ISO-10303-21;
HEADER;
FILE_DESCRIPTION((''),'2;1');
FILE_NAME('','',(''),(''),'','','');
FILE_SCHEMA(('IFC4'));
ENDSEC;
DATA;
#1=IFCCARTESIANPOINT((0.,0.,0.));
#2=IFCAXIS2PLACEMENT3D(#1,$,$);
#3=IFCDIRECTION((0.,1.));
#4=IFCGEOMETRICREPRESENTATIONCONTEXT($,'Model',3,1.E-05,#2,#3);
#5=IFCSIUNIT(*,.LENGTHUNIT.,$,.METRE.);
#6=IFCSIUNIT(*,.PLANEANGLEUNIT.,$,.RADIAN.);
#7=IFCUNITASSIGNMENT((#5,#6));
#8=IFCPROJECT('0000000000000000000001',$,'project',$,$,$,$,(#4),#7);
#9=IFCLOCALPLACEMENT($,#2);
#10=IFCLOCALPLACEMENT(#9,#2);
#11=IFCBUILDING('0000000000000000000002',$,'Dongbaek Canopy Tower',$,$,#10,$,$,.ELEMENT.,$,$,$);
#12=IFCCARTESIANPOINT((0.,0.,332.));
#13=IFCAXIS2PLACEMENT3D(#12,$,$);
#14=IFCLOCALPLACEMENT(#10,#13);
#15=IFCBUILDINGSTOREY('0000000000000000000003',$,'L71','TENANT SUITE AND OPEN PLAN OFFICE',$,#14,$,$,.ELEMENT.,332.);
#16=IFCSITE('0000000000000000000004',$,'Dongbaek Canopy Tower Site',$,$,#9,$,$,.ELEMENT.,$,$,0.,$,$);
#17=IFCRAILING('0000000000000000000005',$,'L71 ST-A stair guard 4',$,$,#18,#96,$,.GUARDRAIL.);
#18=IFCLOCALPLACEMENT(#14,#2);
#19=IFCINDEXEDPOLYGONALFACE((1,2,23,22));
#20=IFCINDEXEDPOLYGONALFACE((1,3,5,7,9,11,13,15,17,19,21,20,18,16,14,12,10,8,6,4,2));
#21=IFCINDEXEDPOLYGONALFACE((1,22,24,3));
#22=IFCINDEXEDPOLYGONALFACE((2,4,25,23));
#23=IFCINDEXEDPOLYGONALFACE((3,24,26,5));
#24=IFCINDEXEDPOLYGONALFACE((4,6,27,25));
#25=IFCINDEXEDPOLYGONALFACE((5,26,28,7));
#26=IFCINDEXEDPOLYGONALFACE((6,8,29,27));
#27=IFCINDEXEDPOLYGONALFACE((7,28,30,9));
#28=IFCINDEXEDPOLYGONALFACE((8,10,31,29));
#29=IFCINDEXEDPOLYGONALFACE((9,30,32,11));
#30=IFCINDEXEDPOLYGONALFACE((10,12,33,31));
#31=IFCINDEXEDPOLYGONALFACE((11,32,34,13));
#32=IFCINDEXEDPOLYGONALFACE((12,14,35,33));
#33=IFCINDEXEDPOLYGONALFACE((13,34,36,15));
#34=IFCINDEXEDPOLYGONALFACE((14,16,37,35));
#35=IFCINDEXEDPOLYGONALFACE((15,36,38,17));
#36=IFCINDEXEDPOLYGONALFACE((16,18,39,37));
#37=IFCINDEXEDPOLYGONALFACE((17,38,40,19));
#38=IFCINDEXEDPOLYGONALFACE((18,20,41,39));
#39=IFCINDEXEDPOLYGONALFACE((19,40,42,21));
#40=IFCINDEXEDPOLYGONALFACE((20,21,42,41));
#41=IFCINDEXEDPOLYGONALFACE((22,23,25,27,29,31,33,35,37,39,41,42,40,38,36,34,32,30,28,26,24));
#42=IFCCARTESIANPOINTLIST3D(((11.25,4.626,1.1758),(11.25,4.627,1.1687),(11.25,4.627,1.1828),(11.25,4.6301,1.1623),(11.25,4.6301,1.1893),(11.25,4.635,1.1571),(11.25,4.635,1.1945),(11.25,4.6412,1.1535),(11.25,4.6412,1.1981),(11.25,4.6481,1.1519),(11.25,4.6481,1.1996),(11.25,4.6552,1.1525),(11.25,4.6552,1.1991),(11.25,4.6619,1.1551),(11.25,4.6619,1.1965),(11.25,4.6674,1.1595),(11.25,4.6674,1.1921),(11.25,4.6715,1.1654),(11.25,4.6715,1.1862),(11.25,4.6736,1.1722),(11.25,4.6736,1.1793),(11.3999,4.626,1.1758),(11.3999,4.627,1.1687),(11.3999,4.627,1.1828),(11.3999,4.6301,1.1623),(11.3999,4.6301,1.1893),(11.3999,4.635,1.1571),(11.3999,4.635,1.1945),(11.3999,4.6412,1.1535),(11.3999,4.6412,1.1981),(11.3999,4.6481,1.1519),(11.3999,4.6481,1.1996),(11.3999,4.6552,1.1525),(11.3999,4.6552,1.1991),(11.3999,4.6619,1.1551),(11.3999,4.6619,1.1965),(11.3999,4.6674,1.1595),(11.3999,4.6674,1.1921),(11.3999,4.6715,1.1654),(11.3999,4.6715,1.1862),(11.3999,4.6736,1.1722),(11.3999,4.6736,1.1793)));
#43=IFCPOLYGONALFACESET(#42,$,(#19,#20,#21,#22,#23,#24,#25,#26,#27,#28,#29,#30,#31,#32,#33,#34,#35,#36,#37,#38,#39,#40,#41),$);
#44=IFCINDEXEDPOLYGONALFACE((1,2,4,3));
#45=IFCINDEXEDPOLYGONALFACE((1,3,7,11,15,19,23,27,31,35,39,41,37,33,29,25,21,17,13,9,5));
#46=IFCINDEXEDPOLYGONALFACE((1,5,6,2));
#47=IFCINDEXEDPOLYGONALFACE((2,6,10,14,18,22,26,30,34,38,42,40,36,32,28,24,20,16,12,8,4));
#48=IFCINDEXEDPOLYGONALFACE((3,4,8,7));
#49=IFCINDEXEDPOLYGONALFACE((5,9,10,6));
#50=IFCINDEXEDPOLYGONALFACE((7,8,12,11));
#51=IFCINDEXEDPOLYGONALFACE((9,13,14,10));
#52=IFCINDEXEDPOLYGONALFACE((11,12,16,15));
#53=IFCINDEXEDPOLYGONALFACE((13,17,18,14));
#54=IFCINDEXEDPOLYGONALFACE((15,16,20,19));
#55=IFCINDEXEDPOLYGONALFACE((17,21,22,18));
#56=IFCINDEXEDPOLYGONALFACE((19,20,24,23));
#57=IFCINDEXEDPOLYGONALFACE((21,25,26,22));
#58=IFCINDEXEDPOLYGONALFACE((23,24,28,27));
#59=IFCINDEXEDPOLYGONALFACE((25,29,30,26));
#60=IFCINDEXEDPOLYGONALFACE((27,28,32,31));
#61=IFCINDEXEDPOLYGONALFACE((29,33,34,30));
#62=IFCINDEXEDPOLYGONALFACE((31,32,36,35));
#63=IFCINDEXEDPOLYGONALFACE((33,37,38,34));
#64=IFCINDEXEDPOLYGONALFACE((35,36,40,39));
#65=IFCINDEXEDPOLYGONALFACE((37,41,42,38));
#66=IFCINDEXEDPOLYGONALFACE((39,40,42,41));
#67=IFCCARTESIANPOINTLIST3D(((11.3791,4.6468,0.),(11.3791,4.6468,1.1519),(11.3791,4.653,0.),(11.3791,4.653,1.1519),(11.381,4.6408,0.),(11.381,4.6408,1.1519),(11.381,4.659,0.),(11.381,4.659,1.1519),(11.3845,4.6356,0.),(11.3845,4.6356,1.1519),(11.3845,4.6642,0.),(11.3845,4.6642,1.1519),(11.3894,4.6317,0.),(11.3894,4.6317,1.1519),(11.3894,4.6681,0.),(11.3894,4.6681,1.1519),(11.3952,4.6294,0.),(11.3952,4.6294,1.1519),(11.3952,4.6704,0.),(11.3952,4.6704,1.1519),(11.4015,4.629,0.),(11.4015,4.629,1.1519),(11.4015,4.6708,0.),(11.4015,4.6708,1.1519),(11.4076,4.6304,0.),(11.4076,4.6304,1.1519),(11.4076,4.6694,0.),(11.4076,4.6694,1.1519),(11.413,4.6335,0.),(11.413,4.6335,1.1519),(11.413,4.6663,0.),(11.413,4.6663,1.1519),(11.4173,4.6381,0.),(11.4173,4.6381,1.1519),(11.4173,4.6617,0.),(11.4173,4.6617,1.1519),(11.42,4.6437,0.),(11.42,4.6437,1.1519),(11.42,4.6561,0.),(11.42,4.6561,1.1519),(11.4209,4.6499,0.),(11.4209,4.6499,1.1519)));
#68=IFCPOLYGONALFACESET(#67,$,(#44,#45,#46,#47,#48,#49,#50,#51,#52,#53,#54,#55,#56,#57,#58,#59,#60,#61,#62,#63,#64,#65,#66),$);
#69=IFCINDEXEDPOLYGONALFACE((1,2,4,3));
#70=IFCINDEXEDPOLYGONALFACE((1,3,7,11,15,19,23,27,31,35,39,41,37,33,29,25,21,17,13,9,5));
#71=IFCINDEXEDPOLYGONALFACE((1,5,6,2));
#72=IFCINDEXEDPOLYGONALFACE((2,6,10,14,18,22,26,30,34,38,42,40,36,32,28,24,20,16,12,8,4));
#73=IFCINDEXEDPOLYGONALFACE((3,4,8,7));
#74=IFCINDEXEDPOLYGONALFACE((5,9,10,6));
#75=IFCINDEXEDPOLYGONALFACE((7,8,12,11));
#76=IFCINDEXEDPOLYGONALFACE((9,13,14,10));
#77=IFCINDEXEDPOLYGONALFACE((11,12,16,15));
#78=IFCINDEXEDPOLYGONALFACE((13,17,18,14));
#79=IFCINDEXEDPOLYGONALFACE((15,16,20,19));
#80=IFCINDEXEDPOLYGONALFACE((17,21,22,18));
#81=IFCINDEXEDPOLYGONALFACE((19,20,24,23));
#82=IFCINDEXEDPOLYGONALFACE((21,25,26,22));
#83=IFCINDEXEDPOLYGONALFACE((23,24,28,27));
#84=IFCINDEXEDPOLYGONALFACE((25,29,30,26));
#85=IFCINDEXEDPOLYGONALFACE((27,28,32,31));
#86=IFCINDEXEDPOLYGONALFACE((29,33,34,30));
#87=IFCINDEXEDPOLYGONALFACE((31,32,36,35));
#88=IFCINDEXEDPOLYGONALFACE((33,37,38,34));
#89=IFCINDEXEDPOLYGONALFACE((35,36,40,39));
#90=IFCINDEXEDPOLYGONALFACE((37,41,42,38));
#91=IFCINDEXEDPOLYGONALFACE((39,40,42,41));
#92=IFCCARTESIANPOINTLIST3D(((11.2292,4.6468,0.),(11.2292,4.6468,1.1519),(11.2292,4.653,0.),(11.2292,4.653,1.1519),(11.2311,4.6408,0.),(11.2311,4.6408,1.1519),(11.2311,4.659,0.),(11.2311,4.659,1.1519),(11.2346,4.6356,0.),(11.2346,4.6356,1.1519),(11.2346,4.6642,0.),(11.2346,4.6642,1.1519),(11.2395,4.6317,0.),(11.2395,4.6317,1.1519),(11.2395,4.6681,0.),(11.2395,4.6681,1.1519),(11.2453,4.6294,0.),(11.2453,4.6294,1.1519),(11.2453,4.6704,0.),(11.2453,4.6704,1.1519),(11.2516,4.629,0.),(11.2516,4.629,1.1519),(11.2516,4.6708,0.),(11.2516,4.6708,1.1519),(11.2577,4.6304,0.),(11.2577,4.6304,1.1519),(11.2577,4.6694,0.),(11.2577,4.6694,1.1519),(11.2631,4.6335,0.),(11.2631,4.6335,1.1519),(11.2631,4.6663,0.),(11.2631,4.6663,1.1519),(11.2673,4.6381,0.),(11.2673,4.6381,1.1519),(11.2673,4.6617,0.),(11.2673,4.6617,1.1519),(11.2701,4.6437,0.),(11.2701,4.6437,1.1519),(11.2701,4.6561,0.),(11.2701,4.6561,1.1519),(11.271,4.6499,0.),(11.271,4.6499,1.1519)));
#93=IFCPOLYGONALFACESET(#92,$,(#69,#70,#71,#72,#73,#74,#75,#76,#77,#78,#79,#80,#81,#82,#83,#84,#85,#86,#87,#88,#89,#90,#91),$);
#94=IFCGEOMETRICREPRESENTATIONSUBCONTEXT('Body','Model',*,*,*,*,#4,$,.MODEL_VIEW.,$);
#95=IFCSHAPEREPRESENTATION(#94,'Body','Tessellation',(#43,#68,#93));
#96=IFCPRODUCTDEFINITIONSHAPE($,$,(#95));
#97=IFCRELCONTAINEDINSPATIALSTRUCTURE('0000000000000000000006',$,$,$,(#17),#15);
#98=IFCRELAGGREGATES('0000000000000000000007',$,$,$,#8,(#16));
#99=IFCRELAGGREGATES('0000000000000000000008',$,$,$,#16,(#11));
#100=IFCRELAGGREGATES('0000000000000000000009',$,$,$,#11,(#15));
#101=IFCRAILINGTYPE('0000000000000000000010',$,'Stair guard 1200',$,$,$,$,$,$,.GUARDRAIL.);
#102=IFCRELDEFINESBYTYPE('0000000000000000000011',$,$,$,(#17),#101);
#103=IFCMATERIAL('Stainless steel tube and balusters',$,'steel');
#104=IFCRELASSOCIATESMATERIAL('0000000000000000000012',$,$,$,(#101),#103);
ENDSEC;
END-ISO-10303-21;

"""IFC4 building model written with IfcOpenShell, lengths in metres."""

from ifc_helpers import new_model, si_unit, direction, frame, origin, origin_2d, place, context, subcontext, project, spatial, circle, extrude, material, type_object, element, save


model = new_model("IFC4")

# Units and contexts
model_context = context("Model", 3, precision=1e-05, world=origin(), true_north=direction((0.0, 1.0)))
body_context = subcontext(model_context, "Body", "Model", "MODEL_VIEW")
ifc_project = project(units=[si_unit("LENGTHUNIT", "METRE"), si_unit("PLANEANGLEUNIT", "RADIAN")], contexts=[model_context])

# Site, building, storey
site_placement = place(None, origin())
site = spatial("IfcSite", under=ifc_project, at=site_placement, Name="Dongbaek Canopy Tower Site", CompositionType="ELEMENT", RefElevation=0.0)
building_placement = place(site_placement, origin())
building = spatial("IfcBuilding", under=site, at=building_placement, Name="Dongbaek Canopy Tower", CompositionType="ELEMENT")
storey_placement = place(building_placement, frame((0.0, 0.0, 332.0)))
storey = spatial("IfcBuildingStorey", under=building, at=storey_placement, Name="L71", Description="TENANT SUITE AND OPEN PLAN OFFICE", CompositionType="ELEMENT", Elevation=332.0)

# Railing
ifc_material_1 = material(Name="Stainless steel tube and balusters", Category="steel")
railing_type_1 = type_object("IfcRailingType", Name="Stair guard 1200", PredefinedType="GUARDRAIL", material=ifc_material_1)
railing_1_placement = place(storey_placement, frame((11.3999, 4.6499, 0.0)))
element("IfcRailing", 1, at=railing_1_placement, inside=storey, type_object=railing_type_1, Name="L71 ST-A stair guard 4", PredefinedType="GUARDRAIL", context=body_context, shape_type="SweptSolid", body=[
    extrude(circle(Radius=0.0239, at=origin_2d()), frame((0.0, 0.0, 1.1758), z_axis=(-1.0, 0.0, 0.0), x_axis=(0.0, -1.0, 0.0)), (0.0, 0.0, 1.0), 0.1499),
    extrude(circle(Radius=0.021, at=origin_2d()), origin(), (0.0, 0.0, 1.0), 1.1519),
    extrude(circle(Radius=0.021, at=origin_2d()), frame((-0.1499, 0.0, 0.0)), (0.0, 0.0, 1.0), 1.1519),
])

save(model, "model.ifc")
